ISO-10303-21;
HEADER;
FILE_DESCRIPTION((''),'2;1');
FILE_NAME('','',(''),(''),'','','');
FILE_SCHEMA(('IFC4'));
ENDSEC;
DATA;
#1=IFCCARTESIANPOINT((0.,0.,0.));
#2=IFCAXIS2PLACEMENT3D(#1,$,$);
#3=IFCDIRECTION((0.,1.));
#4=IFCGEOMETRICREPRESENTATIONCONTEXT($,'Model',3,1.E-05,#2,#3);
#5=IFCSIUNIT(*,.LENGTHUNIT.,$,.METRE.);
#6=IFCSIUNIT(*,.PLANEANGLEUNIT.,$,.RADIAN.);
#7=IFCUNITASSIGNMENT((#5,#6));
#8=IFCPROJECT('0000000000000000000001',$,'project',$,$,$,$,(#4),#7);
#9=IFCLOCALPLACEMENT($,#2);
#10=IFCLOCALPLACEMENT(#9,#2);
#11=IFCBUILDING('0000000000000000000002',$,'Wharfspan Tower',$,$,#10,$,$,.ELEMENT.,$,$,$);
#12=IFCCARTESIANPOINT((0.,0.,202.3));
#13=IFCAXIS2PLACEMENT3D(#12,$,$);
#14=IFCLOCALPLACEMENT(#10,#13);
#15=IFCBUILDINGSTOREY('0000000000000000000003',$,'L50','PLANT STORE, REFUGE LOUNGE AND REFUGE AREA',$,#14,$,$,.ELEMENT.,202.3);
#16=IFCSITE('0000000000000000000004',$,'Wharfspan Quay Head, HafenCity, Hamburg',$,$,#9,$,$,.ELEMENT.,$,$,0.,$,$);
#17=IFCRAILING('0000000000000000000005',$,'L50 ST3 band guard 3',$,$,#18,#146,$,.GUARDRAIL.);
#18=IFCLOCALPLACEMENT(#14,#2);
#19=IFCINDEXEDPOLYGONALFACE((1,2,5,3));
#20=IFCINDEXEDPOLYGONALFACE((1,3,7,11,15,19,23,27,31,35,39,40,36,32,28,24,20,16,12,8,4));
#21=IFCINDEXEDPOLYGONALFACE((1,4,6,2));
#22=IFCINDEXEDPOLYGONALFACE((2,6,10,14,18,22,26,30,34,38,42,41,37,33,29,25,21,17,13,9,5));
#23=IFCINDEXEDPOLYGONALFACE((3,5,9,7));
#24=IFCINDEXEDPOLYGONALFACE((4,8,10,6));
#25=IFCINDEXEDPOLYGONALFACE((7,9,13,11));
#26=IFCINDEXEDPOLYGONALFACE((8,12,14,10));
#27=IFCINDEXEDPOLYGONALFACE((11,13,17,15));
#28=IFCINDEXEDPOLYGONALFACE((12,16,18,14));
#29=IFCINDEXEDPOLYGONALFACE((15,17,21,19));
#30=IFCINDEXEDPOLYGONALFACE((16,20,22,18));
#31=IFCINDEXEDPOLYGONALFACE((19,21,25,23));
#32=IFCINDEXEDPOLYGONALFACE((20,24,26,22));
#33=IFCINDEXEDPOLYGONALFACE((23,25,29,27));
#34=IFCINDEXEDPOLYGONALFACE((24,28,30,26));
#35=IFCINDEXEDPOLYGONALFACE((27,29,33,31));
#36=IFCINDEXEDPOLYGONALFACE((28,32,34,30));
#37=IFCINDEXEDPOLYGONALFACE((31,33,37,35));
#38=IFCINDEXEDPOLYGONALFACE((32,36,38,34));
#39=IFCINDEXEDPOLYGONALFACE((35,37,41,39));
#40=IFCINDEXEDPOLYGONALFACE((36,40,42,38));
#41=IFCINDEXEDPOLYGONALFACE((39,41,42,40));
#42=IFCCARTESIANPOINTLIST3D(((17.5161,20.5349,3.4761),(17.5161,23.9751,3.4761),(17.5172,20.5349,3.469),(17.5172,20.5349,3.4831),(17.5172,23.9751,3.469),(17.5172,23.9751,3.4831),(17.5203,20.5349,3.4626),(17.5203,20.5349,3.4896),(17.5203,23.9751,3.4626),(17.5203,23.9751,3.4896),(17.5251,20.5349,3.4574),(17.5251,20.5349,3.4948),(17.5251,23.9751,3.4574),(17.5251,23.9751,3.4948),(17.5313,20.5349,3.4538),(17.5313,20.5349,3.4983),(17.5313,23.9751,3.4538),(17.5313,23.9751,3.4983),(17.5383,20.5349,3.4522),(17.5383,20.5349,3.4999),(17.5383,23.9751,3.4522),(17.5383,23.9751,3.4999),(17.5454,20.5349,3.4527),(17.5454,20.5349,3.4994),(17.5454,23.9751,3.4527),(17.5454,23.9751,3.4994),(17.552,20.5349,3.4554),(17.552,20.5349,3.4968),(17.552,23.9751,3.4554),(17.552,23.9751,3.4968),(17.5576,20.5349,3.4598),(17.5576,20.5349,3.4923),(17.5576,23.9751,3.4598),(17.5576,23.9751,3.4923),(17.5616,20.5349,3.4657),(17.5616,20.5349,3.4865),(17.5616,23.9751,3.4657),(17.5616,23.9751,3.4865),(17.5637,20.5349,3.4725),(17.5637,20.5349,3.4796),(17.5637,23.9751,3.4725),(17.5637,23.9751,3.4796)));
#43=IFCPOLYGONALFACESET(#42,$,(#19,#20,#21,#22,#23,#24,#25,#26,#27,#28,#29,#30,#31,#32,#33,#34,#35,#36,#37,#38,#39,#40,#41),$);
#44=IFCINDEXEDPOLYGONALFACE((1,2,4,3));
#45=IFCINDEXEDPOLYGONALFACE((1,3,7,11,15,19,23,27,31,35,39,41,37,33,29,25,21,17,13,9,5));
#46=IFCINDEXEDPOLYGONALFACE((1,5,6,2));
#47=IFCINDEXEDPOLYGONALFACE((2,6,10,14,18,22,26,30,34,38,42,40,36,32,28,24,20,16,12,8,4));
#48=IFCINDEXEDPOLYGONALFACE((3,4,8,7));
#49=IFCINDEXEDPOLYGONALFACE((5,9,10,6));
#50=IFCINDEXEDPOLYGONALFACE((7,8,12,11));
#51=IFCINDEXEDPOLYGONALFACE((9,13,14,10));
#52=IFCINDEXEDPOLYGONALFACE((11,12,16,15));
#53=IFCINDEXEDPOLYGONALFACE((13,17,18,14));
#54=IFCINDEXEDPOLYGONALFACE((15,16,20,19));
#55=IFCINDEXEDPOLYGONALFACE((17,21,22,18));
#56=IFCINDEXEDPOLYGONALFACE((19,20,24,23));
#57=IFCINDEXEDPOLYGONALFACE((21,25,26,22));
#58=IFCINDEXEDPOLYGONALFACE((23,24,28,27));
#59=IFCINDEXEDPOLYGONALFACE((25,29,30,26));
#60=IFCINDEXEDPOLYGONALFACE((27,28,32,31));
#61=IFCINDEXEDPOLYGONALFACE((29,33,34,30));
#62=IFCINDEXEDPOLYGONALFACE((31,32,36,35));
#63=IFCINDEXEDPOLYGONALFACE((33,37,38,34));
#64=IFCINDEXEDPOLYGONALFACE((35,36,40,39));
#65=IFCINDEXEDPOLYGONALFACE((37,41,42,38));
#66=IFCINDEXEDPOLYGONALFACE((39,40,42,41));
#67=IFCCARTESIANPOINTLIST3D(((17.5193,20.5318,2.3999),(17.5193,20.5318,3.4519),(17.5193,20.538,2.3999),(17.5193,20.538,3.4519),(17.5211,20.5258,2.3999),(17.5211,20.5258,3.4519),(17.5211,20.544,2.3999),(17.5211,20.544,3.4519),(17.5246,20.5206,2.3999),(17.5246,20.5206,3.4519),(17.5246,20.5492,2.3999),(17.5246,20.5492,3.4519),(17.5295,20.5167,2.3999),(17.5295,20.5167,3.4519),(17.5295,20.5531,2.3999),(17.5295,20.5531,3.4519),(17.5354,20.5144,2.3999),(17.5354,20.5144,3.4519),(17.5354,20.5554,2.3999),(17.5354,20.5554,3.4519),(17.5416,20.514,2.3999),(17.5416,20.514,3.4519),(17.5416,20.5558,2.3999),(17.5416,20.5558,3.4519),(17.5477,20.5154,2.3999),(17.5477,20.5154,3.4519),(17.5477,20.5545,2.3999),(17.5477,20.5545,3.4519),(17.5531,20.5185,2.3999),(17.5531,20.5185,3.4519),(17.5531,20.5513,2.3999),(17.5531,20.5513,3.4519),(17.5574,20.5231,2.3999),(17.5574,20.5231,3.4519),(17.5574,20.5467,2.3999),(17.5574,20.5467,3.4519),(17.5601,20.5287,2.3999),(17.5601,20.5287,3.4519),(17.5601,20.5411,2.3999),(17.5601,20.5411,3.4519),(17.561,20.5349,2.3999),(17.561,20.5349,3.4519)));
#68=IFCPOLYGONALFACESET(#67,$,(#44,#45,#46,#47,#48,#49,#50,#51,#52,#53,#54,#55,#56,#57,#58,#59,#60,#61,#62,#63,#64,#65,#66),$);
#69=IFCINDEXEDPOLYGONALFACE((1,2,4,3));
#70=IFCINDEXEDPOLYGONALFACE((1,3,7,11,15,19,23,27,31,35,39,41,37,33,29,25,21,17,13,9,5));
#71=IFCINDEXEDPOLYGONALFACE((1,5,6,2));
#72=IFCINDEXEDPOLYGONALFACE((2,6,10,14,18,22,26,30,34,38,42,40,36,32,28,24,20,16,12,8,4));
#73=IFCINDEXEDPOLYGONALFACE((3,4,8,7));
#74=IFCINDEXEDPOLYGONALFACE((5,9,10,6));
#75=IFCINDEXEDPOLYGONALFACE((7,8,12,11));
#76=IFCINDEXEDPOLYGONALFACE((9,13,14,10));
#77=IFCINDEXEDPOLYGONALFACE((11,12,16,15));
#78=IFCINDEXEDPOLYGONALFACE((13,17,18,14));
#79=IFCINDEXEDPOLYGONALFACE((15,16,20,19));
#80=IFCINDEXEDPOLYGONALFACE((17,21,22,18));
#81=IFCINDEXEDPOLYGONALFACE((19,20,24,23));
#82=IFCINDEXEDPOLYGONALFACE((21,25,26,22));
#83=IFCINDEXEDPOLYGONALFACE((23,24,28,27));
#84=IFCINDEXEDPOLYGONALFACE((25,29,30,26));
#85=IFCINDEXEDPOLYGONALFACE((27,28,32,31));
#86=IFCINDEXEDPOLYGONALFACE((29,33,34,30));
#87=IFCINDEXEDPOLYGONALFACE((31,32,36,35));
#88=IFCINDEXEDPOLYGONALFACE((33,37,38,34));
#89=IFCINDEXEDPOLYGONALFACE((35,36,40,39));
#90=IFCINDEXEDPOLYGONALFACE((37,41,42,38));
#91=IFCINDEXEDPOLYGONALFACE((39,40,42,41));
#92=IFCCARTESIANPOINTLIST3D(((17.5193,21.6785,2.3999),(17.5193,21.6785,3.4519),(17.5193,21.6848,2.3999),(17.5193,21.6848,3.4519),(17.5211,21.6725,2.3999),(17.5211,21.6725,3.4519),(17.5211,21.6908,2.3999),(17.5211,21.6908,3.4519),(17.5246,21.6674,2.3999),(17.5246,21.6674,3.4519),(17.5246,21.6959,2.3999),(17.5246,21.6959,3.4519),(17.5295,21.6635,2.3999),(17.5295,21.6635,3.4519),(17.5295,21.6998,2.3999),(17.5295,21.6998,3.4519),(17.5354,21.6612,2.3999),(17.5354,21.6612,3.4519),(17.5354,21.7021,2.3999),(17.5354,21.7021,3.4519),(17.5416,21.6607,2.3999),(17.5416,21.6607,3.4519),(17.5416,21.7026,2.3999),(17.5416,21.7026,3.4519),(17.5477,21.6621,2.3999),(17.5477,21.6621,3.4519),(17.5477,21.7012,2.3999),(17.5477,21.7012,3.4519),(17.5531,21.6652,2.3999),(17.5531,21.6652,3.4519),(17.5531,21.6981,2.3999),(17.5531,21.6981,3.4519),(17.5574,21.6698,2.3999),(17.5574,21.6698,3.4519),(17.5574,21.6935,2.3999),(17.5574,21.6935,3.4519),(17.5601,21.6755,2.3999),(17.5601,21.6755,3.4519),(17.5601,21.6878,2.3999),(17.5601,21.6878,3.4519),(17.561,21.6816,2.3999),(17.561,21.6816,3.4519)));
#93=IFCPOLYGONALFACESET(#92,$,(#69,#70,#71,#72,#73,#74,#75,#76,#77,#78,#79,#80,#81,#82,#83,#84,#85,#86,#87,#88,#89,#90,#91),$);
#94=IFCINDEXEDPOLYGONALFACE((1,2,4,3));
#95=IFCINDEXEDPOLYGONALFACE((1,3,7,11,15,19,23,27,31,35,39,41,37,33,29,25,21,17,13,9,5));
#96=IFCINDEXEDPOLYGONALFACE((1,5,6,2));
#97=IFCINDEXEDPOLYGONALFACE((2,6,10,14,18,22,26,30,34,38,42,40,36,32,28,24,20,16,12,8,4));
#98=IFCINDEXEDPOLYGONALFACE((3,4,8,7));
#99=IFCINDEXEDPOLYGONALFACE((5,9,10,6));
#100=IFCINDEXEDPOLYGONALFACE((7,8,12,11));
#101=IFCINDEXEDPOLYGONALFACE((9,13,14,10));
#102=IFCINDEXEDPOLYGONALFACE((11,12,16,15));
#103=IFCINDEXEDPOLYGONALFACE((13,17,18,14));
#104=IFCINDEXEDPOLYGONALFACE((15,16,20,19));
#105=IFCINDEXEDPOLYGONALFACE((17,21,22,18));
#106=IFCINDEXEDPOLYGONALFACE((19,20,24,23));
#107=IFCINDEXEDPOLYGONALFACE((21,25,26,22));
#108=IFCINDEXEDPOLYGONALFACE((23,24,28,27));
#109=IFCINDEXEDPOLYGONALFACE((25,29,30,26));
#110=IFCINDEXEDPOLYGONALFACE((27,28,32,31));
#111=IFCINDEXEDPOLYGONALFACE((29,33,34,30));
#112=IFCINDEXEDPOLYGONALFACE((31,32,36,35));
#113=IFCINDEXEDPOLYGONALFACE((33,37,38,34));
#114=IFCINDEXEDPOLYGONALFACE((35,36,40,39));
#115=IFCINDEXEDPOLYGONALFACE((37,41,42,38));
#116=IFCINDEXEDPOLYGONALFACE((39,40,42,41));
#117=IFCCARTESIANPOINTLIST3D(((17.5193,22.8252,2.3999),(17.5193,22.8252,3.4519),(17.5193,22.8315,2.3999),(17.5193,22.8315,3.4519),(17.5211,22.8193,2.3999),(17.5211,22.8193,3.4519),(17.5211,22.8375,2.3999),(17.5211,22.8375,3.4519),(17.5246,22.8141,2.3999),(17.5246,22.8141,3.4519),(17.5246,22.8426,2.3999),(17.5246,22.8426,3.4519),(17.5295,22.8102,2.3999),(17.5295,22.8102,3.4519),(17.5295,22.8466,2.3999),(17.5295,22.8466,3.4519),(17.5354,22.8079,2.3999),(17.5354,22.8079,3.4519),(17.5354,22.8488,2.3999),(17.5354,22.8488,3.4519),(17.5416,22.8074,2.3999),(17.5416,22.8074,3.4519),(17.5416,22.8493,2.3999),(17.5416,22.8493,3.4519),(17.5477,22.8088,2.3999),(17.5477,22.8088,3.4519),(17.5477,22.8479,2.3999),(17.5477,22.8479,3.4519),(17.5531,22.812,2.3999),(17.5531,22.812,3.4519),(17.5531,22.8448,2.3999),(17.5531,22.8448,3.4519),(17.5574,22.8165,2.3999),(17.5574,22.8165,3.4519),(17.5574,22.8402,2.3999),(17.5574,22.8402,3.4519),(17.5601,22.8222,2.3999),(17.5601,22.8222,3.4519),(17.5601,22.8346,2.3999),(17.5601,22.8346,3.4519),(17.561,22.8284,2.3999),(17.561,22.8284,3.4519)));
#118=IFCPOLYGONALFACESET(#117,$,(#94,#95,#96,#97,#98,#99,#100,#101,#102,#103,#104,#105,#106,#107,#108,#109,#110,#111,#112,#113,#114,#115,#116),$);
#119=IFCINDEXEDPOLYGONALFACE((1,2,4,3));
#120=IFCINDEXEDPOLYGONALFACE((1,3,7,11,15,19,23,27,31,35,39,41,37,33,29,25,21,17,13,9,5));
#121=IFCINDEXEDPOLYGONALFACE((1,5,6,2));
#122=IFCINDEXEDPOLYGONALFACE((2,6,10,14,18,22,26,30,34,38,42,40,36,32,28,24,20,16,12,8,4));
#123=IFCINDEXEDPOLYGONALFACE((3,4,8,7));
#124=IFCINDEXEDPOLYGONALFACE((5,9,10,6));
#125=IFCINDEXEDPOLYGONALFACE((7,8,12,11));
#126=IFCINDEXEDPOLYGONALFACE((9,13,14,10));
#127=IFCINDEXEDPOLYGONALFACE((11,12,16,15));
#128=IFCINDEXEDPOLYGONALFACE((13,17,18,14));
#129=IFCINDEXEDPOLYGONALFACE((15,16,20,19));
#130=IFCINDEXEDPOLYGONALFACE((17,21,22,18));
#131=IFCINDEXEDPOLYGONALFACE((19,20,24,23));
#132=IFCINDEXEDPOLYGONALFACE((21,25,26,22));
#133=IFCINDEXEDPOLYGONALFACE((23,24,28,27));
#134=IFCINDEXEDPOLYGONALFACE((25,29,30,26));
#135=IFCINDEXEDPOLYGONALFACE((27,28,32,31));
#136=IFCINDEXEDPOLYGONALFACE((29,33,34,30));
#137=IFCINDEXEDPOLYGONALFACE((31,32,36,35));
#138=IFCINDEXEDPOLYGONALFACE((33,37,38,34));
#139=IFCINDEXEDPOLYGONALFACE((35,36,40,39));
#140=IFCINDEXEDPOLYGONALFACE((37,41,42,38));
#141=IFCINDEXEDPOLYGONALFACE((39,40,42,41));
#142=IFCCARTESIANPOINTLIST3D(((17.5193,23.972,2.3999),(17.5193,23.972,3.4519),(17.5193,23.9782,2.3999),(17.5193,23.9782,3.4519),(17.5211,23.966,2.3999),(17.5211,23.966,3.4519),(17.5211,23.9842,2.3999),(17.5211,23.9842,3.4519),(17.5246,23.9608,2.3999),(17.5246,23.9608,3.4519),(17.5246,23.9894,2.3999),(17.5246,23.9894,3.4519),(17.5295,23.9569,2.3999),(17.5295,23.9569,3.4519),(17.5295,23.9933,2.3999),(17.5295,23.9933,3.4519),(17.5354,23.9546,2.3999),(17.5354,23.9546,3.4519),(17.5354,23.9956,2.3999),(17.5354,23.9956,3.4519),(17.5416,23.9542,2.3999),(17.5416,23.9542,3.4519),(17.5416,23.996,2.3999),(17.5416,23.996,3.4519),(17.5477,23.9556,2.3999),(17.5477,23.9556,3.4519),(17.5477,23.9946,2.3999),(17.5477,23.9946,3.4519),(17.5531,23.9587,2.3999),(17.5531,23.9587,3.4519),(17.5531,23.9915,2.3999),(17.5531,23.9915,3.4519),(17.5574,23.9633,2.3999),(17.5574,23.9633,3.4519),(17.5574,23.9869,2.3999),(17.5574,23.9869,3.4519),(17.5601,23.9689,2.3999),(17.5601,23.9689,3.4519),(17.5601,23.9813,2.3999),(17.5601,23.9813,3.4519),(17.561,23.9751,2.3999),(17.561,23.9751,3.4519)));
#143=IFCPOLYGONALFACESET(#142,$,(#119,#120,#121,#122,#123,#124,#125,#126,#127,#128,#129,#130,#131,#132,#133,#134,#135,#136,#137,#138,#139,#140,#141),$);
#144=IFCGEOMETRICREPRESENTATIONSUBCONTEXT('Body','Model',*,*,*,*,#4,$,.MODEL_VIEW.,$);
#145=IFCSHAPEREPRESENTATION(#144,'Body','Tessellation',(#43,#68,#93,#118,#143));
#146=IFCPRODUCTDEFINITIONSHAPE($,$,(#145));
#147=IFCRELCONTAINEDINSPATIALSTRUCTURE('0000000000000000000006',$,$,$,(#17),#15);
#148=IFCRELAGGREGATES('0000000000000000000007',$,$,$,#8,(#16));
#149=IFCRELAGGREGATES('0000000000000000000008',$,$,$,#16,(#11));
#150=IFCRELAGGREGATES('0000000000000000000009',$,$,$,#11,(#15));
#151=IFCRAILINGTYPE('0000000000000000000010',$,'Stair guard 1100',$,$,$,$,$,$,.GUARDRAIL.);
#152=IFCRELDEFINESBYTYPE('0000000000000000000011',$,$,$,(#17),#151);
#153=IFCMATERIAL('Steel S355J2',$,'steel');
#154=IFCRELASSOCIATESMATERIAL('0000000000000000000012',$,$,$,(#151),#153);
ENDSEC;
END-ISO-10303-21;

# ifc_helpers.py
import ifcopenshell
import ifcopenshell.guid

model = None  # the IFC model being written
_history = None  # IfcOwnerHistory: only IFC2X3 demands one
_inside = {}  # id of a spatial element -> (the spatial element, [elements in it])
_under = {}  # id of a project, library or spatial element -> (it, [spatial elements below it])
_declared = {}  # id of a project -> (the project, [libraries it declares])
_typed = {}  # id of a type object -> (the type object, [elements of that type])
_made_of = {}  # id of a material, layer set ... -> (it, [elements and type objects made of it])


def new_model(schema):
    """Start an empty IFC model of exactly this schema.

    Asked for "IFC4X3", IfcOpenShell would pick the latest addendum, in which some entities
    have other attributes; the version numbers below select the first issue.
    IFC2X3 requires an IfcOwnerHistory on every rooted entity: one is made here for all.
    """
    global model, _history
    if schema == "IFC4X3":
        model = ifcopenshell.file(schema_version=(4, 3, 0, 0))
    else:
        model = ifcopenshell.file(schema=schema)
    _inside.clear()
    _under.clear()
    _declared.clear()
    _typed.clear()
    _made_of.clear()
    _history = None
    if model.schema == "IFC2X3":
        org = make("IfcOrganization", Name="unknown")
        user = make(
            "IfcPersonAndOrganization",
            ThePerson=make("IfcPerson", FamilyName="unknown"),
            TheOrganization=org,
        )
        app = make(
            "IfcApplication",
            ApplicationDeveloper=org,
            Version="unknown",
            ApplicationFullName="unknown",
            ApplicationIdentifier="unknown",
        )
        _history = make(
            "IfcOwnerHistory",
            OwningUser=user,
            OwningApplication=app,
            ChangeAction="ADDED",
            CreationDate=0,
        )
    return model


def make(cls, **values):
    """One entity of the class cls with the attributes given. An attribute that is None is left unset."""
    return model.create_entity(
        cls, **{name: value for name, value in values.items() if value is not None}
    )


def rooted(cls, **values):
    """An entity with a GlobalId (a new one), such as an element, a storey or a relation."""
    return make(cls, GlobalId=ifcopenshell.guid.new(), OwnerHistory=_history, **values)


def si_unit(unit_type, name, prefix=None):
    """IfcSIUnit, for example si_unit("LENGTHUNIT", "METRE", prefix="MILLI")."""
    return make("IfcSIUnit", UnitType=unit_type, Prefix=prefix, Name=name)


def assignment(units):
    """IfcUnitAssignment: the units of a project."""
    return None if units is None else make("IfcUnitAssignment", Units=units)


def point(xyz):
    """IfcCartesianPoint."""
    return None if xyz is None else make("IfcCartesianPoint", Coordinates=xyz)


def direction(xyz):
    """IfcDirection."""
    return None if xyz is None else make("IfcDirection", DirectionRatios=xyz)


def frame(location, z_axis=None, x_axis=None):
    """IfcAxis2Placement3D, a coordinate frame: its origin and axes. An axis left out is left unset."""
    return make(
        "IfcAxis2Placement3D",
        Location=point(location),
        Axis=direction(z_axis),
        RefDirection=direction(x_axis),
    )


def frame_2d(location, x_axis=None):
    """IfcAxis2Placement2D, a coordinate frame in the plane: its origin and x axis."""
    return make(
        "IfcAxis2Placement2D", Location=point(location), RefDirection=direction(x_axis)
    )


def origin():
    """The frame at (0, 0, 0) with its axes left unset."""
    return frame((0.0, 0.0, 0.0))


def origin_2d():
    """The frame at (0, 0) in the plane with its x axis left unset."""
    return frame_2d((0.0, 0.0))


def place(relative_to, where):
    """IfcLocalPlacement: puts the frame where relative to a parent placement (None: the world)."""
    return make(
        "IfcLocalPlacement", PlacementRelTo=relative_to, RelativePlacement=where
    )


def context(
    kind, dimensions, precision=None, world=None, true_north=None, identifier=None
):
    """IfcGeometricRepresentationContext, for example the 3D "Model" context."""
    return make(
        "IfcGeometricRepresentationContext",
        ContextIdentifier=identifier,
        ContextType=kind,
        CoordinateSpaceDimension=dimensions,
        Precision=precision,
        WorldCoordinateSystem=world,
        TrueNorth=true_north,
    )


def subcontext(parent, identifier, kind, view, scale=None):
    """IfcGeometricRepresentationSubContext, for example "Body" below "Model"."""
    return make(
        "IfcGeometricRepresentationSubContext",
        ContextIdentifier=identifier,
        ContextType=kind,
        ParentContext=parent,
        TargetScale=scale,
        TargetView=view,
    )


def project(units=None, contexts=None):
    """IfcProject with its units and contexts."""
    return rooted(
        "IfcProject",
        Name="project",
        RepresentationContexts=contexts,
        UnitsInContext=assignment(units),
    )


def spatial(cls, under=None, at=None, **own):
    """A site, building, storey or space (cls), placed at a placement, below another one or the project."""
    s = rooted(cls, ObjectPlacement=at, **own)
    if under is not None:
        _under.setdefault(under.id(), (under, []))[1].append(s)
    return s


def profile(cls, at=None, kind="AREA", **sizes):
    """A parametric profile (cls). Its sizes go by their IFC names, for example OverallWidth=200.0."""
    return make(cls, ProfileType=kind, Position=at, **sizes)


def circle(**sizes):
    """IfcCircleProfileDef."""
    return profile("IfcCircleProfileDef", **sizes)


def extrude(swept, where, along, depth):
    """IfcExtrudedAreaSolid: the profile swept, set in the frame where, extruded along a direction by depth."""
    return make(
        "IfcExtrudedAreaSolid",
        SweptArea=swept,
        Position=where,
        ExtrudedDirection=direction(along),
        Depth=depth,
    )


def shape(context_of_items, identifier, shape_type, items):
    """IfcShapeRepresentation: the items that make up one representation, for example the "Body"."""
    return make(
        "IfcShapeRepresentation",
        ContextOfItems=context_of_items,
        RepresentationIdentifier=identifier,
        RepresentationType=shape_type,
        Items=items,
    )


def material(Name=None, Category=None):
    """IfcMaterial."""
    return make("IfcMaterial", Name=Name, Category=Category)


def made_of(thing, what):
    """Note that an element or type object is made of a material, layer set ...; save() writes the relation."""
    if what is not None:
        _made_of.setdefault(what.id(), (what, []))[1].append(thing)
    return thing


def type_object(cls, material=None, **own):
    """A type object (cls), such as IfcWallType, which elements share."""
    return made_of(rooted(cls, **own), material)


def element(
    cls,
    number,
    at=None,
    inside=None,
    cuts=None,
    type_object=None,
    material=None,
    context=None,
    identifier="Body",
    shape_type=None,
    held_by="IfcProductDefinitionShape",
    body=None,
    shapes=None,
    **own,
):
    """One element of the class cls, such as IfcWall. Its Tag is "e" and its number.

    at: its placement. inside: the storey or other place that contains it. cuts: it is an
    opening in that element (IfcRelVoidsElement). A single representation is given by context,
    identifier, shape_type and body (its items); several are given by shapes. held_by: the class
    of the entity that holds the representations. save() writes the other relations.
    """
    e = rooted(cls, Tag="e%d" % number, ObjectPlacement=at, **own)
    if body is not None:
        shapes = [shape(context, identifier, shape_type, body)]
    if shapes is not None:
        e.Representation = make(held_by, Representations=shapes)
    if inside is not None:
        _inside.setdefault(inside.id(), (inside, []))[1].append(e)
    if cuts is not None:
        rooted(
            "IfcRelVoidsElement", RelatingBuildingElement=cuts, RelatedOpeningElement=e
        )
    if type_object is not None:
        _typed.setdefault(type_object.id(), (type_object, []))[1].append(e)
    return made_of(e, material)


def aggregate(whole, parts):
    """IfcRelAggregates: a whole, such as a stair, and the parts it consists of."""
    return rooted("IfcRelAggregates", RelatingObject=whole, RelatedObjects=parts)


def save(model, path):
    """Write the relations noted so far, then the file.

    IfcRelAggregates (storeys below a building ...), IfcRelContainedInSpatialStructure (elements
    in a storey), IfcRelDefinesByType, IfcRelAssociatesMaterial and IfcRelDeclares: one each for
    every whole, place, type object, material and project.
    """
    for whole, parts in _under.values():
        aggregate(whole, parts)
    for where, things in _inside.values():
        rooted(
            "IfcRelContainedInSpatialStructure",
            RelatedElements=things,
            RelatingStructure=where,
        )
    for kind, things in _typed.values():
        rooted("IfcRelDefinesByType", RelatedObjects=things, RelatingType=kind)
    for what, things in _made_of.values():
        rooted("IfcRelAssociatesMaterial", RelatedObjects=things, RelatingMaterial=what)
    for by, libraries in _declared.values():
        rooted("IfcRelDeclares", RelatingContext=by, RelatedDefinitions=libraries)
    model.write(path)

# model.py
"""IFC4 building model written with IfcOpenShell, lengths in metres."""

from ifc_helpers import new_model, si_unit, direction, frame, origin, origin_2d, place, context, subcontext, project, spatial, circle, extrude, material, type_object, element, save


model = new_model("IFC4")

# Units and contexts
model_context = context("Model", 3, precision=1e-05, world=origin(), true_north=direction((0.0, 1.0)))
body_context = subcontext(model_context, "Body", "Model", "MODEL_VIEW")
ifc_project = project(units=[si_unit("LENGTHUNIT", "METRE"), si_unit("PLANEANGLEUNIT", "RADIAN")], contexts=[model_context])

# Site, building, storey
site_placement = place(None, origin())
site = spatial("IfcSite", under=ifc_project, at=site_placement, Name="Wharfspan Quay Head, HafenCity, Hamburg", CompositionType="ELEMENT", RefElevation=0.0)
building_placement = place(site_placement, origin())
building = spatial("IfcBuilding", under=site, at=building_placement, Name="Wharfspan Tower", CompositionType="ELEMENT")
storey_placement = place(building_placement, frame((0.0, 0.0, 202.3)))
storey = spatial("IfcBuildingStorey", under=building, at=storey_placement, Name="L50", Description="PLANT STORE, REFUGE LOUNGE AND REFUGE AREA", CompositionType="ELEMENT", Elevation=202.3)

# Railing
ifc_material_1 = material(Name="Steel S355J2", Category="steel")
railing_type_1 = type_object("IfcRailingType", Name="Stair guard 1100", PredefinedType="GUARDRAIL", material=ifc_material_1)
railing_1_placement = place(storey_placement, frame((17.54, 20.5349, 2.3999)))
element("IfcRailing", 1, at=railing_1_placement, inside=storey, type_object=railing_type_1, Name="L50 ST3 band guard 3", PredefinedType="GUARDRAIL", context=body_context, shape_type="SweptSolid", body=[
    extrude(circle(Radius=0.0239, at=origin_2d()), frame((0.0, 0.0, 1.0762), z_axis=(0.0, 1.0, 0.0), x_axis=(-1.0, 0.0, 0.0)), (0.0, 0.0, 1.0), 3.4402),
    extrude(circle(Radius=0.021, at=origin_2d()), origin(), (0.0, 0.0, 1.0), 1.052),
    extrude(circle(Radius=0.021, at=origin_2d()), frame((0.0, 1.1467, 0.0)), (0.0, 0.0, 1.0), 1.052),
    extrude(circle(Radius=0.021, at=origin_2d()), frame((0.0, 2.2935, 0.0)), (0.0, 0.0, 1.0), 1.052),
    extrude(circle(Radius=0.021, at=origin_2d()), frame((0.0, 3.4402, 0.0)), (0.0, 0.0, 1.0), 1.052),
])

save(model, "model.ifc")
